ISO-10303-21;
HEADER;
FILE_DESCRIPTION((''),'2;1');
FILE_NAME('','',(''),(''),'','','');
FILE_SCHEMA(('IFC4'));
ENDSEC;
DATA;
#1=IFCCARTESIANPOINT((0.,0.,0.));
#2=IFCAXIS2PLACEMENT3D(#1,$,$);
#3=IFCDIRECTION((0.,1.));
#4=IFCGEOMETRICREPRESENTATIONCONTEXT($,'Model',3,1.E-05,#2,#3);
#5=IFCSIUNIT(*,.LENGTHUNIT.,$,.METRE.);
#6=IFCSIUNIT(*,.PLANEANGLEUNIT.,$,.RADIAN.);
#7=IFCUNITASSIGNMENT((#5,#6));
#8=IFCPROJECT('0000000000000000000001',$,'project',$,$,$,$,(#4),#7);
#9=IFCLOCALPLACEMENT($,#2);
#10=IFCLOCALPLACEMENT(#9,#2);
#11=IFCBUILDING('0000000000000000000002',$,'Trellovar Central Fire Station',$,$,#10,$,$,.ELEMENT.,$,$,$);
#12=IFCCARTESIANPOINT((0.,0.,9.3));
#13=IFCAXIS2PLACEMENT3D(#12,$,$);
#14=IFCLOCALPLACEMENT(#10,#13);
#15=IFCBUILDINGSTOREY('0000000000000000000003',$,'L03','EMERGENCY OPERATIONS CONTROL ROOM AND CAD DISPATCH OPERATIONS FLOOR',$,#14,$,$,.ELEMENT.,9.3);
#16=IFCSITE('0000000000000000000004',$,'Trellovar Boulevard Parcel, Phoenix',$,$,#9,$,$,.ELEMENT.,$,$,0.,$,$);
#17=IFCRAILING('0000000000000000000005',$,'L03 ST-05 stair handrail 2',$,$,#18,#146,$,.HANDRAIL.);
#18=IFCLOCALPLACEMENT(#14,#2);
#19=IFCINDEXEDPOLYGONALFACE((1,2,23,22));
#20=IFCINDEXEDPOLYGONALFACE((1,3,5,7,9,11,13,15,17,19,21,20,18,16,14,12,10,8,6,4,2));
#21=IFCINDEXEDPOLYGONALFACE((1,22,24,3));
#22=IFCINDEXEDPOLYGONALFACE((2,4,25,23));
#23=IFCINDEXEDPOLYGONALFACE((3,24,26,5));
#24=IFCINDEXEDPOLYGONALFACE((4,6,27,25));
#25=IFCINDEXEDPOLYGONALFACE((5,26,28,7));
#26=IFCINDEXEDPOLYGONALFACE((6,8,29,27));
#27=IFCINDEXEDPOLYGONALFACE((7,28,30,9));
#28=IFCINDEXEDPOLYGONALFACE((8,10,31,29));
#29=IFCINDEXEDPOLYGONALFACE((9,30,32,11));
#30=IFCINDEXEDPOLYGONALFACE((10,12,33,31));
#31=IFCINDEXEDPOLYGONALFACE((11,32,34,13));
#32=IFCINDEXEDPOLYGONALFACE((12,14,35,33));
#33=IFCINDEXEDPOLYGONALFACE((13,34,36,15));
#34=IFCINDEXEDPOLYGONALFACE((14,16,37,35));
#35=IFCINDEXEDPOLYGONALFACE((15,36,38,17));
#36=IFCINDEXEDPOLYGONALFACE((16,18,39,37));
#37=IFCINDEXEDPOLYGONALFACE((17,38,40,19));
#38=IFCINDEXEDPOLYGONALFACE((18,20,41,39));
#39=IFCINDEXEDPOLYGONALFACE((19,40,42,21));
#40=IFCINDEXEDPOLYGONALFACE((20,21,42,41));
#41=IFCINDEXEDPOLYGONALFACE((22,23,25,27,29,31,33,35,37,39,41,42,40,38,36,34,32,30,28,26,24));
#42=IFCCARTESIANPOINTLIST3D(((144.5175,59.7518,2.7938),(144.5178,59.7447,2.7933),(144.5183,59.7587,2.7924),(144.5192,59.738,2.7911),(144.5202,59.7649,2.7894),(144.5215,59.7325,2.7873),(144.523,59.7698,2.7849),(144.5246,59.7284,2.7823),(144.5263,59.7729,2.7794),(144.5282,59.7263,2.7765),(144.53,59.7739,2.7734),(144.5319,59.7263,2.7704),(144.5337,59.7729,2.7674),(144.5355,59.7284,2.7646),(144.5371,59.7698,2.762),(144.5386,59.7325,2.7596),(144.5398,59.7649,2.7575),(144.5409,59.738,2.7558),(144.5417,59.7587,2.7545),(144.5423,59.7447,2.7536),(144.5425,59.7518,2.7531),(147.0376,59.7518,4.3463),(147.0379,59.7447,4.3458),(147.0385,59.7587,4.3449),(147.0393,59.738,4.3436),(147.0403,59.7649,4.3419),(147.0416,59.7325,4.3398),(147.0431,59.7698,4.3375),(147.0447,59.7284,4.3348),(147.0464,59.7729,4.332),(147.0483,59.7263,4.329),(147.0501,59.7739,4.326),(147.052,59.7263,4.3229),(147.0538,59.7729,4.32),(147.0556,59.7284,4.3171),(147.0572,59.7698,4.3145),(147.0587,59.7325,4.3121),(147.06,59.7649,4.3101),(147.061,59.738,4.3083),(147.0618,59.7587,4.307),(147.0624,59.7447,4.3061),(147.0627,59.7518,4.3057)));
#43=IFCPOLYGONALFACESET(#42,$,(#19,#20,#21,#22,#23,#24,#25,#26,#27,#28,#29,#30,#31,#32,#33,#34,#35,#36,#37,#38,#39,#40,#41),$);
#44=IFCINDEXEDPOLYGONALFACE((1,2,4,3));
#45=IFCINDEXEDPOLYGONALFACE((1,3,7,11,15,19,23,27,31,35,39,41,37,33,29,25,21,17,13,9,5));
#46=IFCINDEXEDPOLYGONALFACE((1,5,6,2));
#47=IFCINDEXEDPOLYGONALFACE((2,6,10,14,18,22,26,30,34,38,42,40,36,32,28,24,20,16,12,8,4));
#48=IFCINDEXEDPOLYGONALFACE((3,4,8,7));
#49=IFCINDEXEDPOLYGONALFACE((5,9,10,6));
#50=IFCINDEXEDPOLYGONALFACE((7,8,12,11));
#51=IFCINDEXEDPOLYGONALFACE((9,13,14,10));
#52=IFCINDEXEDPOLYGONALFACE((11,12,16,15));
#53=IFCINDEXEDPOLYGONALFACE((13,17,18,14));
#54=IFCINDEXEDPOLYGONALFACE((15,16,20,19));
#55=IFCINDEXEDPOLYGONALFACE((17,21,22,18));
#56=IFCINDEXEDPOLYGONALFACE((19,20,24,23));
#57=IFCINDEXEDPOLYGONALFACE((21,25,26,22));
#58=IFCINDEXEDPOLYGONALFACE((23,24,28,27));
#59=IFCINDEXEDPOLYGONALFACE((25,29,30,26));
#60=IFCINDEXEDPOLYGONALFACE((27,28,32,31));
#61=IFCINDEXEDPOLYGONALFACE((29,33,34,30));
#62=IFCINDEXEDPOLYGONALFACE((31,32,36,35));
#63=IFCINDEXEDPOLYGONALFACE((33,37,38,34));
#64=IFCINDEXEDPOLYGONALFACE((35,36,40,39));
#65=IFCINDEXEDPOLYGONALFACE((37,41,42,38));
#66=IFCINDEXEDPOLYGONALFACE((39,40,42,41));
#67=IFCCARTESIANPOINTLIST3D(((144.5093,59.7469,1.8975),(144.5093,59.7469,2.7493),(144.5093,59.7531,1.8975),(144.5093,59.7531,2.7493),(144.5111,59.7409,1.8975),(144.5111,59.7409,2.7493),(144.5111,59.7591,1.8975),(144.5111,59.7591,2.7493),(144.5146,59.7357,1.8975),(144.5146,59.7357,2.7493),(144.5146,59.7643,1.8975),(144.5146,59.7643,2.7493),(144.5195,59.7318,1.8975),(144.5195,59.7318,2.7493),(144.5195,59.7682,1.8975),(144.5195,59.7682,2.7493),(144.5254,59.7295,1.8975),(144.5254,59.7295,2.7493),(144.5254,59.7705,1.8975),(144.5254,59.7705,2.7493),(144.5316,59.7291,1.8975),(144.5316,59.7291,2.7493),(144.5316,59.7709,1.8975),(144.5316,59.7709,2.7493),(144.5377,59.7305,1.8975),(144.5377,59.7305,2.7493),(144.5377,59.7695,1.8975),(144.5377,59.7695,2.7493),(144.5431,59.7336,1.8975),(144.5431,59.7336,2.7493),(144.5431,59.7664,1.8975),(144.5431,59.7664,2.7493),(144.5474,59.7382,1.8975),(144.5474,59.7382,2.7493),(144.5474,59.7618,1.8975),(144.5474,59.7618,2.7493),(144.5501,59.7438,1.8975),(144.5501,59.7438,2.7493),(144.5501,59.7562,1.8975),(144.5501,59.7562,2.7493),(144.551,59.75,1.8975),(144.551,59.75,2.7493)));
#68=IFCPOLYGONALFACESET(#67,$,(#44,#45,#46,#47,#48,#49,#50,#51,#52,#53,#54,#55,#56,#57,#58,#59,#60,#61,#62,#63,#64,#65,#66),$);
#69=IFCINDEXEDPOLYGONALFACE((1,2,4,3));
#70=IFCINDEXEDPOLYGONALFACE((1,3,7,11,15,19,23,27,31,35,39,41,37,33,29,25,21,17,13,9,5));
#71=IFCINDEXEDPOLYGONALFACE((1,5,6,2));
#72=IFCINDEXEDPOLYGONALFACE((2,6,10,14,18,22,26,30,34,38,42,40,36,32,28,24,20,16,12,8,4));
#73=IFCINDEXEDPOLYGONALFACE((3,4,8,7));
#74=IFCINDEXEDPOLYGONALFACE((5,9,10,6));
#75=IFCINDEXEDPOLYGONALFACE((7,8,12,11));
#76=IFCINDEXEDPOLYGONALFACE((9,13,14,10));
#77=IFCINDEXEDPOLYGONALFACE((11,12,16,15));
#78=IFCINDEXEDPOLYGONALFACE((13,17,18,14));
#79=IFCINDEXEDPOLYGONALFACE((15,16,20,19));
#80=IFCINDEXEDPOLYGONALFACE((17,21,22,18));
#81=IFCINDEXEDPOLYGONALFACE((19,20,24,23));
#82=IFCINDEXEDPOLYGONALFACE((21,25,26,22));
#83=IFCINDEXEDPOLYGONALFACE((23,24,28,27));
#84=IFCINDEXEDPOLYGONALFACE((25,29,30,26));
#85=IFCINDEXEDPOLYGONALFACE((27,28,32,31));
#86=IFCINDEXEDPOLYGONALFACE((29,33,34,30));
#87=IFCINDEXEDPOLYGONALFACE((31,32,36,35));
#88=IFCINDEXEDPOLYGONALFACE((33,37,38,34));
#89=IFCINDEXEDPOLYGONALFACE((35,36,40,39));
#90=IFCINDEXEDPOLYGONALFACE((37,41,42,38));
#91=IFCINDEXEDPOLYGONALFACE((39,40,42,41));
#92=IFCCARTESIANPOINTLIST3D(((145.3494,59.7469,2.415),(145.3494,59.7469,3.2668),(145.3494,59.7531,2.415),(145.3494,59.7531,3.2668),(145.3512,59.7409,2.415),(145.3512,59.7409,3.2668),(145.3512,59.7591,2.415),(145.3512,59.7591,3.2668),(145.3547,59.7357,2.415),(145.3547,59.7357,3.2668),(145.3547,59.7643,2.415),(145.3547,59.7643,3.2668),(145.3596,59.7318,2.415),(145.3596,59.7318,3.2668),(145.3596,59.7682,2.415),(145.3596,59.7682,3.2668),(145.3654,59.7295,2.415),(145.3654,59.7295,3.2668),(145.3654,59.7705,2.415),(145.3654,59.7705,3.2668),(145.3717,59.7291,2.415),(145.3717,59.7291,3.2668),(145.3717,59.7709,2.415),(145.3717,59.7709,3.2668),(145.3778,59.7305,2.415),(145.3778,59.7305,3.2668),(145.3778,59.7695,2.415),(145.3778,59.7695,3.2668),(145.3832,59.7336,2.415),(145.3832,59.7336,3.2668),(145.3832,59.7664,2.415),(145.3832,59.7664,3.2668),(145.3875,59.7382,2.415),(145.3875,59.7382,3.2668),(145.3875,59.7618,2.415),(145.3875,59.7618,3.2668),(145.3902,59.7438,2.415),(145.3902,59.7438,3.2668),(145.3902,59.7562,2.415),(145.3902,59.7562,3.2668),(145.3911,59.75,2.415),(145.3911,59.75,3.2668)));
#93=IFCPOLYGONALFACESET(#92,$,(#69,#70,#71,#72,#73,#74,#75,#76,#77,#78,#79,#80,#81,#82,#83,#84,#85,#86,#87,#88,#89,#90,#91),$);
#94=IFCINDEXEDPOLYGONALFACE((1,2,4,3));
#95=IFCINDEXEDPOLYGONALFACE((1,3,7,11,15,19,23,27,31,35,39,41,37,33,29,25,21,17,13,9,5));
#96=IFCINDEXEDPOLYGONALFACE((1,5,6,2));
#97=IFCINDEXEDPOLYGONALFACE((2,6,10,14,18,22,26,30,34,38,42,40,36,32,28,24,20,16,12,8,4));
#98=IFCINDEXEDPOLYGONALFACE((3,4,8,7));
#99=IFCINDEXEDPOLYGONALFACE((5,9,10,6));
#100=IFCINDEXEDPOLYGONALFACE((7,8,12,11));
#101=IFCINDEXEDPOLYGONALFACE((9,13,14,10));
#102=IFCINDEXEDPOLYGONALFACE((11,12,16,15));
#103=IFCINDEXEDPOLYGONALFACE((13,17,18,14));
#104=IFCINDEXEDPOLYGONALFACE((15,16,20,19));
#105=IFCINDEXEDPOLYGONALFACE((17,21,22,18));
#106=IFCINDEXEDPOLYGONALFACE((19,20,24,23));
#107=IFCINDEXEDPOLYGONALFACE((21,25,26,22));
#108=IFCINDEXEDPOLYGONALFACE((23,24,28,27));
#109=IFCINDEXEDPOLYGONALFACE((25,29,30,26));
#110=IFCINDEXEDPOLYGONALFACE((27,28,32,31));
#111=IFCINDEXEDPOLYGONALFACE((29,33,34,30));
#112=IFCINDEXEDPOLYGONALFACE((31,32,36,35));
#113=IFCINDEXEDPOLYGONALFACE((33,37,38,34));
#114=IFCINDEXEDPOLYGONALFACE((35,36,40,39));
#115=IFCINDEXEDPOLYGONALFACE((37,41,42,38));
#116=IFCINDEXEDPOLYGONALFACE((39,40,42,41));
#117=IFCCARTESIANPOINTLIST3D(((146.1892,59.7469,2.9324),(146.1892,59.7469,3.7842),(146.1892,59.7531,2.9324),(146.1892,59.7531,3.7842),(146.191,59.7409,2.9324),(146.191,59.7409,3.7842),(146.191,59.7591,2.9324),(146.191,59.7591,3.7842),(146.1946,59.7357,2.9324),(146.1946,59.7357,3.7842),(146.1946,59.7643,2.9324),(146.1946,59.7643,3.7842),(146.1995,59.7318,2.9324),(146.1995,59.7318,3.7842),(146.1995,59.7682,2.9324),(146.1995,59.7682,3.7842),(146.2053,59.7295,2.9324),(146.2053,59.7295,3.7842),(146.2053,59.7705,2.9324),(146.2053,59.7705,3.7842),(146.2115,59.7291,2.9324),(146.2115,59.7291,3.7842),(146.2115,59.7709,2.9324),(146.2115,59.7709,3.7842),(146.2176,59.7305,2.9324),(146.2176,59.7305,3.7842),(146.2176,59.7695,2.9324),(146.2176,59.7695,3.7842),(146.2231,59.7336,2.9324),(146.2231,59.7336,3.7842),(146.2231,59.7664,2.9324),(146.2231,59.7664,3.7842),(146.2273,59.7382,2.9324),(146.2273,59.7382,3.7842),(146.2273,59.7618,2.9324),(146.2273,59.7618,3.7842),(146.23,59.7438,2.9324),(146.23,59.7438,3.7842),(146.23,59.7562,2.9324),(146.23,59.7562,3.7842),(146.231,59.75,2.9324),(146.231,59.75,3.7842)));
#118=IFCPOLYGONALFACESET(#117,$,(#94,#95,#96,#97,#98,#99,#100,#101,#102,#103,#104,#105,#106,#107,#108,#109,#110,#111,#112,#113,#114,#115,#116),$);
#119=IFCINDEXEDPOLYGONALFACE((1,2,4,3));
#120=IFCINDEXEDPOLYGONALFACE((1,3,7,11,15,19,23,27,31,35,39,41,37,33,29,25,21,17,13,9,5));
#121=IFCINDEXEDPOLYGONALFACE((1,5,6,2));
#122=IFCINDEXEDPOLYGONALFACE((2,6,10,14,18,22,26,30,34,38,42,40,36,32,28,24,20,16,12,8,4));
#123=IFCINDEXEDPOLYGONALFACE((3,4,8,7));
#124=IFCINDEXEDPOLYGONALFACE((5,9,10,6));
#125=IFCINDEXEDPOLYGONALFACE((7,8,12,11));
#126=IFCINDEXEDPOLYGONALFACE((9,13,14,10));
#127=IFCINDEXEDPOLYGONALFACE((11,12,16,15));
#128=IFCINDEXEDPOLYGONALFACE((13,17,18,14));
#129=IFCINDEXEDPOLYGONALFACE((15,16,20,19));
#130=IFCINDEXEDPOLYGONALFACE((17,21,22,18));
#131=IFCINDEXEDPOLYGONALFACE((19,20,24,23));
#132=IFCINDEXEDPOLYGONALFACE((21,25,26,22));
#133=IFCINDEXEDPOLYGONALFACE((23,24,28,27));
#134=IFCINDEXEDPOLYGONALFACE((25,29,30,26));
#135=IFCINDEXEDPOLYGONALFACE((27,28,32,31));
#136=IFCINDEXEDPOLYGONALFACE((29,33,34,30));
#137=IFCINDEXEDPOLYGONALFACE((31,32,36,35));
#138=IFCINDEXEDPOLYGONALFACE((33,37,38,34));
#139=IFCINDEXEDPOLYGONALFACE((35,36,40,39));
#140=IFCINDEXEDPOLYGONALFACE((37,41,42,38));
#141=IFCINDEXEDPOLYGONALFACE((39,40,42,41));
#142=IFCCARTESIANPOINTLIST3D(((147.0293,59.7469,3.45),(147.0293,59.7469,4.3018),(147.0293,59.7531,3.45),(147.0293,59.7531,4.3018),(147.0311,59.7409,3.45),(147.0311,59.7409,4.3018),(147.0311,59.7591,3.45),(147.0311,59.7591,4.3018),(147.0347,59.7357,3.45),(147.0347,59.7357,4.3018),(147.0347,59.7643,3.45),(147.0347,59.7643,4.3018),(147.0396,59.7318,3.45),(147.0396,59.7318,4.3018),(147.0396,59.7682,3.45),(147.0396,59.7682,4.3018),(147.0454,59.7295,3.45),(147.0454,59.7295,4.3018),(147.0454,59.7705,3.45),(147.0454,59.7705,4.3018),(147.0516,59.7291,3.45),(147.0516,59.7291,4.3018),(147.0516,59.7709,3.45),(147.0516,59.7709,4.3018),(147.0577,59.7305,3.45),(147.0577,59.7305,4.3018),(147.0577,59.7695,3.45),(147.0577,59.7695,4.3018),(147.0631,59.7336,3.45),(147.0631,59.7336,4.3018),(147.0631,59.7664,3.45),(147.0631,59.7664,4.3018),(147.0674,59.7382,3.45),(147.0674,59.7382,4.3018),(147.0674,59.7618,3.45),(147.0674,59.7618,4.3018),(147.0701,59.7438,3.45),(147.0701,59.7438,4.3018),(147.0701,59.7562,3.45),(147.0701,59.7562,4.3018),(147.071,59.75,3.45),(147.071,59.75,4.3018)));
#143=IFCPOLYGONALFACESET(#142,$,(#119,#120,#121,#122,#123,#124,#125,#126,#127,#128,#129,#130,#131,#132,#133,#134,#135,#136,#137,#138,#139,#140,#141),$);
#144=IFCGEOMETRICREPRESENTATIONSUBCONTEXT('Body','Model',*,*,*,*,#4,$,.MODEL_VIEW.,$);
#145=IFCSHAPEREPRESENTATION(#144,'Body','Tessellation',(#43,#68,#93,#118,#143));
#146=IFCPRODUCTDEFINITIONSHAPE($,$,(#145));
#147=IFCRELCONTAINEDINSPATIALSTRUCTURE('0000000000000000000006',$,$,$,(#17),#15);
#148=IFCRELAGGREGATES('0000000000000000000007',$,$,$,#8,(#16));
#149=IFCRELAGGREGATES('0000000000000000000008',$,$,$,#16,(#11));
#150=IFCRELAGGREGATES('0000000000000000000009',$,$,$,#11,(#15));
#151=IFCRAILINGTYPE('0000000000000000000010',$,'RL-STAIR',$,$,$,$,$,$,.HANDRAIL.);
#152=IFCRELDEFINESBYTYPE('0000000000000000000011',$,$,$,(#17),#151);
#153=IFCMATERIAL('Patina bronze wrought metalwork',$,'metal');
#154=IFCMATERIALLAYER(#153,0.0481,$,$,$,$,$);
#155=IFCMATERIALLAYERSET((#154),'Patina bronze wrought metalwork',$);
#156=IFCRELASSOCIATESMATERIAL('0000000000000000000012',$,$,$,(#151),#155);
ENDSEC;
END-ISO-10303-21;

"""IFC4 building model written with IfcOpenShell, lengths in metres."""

from ifc_helpers import new_model, si_unit, direction, frame, origin, origin_2d, place, context, subcontext, project, spatial, circle, extrude, material, layer, layer_set, type_object, element, save


model = new_model("IFC4")

# Units and contexts
model_context = context("Model", 3, precision=1e-05, world=origin(), true_north=direction((0.0, 1.0)))
body_context = subcontext(model_context, "Body", "Model", "MODEL_VIEW")
ifc_project = project(units=[si_unit("LENGTHUNIT", "METRE"), si_unit("PLANEANGLEUNIT", "RADIAN")], contexts=[model_context])

# Site, building, storey
site_placement = place(None, origin())
site = spatial("IfcSite", under=ifc_project, at=site_placement, Name="Trellovar Boulevard Parcel, Phoenix", CompositionType="ELEMENT", RefElevation=0.0)
building_placement = place(site_placement, origin())
building = spatial("IfcBuilding", under=site, at=building_placement, Name="Trellovar Central Fire Station", CompositionType="ELEMENT")
storey_placement = place(building_placement, frame((0.0, 0.0, 9.3)))
storey = spatial("IfcBuildingStorey", under=building, at=storey_placement, Name="L03", Description="EMERGENCY OPERATIONS CONTROL ROOM AND CAD DISPATCH OPERATIONS FLOOR", CompositionType="ELEMENT", Elevation=9.3)

# Railing
ifc_material_1 = material(Name="Patina bronze wrought metalwork", Category="metal")
ifc_layer_1 = layer(ifc_material_1, 0.0481)
ifc_layer_set_1 = layer_set([ifc_layer_1], Name="Patina bronze wrought metalwork")
railing_type_1 = type_object("IfcRailingType", Name="RL-STAIR", PredefinedType="HANDRAIL", material=ifc_layer_set_1)
railing_1_placement = place(storey_placement, frame((144.53, 59.75, 1.8975)))
element("IfcRailing", 1, at=railing_1_placement, inside=storey, type_object=railing_type_1, Name="L03 ST-05 stair handrail 2", PredefinedType="HANDRAIL", context=body_context, shape_type="SweptSolid", body=[
    extrude(circle(Radius=0.0239, at=origin_2d()), frame((0.0, 0.0, 0.876), z_axis=(0.8514, 0.0, 0.524516), x_axis=(0.0, 1.0, 0.0)), (0.0, 0.0, 1.0), 2.96),
    extrude(circle(Radius=0.021, at=origin_2d()), origin(), (0.0, 0.0, 1.0), 0.8518),
    extrude(circle(Radius=0.021, at=origin_2d()), frame((0.8401, 0.0, 0.5176)), (0.0, 0.0, 1.0), 0.8518),
    extrude(circle(Radius=0.021, at=origin_2d()), frame((1.6799, 0.0, 1.0349)), (0.0, 0.0, 1.0), 0.8518),
    extrude(circle(Radius=0.021, at=origin_2d()), frame((2.52, 0.0, 1.5525)), (0.0, 0.0, 1.0), 0.8518),
])

save(model, "model.ifc")
